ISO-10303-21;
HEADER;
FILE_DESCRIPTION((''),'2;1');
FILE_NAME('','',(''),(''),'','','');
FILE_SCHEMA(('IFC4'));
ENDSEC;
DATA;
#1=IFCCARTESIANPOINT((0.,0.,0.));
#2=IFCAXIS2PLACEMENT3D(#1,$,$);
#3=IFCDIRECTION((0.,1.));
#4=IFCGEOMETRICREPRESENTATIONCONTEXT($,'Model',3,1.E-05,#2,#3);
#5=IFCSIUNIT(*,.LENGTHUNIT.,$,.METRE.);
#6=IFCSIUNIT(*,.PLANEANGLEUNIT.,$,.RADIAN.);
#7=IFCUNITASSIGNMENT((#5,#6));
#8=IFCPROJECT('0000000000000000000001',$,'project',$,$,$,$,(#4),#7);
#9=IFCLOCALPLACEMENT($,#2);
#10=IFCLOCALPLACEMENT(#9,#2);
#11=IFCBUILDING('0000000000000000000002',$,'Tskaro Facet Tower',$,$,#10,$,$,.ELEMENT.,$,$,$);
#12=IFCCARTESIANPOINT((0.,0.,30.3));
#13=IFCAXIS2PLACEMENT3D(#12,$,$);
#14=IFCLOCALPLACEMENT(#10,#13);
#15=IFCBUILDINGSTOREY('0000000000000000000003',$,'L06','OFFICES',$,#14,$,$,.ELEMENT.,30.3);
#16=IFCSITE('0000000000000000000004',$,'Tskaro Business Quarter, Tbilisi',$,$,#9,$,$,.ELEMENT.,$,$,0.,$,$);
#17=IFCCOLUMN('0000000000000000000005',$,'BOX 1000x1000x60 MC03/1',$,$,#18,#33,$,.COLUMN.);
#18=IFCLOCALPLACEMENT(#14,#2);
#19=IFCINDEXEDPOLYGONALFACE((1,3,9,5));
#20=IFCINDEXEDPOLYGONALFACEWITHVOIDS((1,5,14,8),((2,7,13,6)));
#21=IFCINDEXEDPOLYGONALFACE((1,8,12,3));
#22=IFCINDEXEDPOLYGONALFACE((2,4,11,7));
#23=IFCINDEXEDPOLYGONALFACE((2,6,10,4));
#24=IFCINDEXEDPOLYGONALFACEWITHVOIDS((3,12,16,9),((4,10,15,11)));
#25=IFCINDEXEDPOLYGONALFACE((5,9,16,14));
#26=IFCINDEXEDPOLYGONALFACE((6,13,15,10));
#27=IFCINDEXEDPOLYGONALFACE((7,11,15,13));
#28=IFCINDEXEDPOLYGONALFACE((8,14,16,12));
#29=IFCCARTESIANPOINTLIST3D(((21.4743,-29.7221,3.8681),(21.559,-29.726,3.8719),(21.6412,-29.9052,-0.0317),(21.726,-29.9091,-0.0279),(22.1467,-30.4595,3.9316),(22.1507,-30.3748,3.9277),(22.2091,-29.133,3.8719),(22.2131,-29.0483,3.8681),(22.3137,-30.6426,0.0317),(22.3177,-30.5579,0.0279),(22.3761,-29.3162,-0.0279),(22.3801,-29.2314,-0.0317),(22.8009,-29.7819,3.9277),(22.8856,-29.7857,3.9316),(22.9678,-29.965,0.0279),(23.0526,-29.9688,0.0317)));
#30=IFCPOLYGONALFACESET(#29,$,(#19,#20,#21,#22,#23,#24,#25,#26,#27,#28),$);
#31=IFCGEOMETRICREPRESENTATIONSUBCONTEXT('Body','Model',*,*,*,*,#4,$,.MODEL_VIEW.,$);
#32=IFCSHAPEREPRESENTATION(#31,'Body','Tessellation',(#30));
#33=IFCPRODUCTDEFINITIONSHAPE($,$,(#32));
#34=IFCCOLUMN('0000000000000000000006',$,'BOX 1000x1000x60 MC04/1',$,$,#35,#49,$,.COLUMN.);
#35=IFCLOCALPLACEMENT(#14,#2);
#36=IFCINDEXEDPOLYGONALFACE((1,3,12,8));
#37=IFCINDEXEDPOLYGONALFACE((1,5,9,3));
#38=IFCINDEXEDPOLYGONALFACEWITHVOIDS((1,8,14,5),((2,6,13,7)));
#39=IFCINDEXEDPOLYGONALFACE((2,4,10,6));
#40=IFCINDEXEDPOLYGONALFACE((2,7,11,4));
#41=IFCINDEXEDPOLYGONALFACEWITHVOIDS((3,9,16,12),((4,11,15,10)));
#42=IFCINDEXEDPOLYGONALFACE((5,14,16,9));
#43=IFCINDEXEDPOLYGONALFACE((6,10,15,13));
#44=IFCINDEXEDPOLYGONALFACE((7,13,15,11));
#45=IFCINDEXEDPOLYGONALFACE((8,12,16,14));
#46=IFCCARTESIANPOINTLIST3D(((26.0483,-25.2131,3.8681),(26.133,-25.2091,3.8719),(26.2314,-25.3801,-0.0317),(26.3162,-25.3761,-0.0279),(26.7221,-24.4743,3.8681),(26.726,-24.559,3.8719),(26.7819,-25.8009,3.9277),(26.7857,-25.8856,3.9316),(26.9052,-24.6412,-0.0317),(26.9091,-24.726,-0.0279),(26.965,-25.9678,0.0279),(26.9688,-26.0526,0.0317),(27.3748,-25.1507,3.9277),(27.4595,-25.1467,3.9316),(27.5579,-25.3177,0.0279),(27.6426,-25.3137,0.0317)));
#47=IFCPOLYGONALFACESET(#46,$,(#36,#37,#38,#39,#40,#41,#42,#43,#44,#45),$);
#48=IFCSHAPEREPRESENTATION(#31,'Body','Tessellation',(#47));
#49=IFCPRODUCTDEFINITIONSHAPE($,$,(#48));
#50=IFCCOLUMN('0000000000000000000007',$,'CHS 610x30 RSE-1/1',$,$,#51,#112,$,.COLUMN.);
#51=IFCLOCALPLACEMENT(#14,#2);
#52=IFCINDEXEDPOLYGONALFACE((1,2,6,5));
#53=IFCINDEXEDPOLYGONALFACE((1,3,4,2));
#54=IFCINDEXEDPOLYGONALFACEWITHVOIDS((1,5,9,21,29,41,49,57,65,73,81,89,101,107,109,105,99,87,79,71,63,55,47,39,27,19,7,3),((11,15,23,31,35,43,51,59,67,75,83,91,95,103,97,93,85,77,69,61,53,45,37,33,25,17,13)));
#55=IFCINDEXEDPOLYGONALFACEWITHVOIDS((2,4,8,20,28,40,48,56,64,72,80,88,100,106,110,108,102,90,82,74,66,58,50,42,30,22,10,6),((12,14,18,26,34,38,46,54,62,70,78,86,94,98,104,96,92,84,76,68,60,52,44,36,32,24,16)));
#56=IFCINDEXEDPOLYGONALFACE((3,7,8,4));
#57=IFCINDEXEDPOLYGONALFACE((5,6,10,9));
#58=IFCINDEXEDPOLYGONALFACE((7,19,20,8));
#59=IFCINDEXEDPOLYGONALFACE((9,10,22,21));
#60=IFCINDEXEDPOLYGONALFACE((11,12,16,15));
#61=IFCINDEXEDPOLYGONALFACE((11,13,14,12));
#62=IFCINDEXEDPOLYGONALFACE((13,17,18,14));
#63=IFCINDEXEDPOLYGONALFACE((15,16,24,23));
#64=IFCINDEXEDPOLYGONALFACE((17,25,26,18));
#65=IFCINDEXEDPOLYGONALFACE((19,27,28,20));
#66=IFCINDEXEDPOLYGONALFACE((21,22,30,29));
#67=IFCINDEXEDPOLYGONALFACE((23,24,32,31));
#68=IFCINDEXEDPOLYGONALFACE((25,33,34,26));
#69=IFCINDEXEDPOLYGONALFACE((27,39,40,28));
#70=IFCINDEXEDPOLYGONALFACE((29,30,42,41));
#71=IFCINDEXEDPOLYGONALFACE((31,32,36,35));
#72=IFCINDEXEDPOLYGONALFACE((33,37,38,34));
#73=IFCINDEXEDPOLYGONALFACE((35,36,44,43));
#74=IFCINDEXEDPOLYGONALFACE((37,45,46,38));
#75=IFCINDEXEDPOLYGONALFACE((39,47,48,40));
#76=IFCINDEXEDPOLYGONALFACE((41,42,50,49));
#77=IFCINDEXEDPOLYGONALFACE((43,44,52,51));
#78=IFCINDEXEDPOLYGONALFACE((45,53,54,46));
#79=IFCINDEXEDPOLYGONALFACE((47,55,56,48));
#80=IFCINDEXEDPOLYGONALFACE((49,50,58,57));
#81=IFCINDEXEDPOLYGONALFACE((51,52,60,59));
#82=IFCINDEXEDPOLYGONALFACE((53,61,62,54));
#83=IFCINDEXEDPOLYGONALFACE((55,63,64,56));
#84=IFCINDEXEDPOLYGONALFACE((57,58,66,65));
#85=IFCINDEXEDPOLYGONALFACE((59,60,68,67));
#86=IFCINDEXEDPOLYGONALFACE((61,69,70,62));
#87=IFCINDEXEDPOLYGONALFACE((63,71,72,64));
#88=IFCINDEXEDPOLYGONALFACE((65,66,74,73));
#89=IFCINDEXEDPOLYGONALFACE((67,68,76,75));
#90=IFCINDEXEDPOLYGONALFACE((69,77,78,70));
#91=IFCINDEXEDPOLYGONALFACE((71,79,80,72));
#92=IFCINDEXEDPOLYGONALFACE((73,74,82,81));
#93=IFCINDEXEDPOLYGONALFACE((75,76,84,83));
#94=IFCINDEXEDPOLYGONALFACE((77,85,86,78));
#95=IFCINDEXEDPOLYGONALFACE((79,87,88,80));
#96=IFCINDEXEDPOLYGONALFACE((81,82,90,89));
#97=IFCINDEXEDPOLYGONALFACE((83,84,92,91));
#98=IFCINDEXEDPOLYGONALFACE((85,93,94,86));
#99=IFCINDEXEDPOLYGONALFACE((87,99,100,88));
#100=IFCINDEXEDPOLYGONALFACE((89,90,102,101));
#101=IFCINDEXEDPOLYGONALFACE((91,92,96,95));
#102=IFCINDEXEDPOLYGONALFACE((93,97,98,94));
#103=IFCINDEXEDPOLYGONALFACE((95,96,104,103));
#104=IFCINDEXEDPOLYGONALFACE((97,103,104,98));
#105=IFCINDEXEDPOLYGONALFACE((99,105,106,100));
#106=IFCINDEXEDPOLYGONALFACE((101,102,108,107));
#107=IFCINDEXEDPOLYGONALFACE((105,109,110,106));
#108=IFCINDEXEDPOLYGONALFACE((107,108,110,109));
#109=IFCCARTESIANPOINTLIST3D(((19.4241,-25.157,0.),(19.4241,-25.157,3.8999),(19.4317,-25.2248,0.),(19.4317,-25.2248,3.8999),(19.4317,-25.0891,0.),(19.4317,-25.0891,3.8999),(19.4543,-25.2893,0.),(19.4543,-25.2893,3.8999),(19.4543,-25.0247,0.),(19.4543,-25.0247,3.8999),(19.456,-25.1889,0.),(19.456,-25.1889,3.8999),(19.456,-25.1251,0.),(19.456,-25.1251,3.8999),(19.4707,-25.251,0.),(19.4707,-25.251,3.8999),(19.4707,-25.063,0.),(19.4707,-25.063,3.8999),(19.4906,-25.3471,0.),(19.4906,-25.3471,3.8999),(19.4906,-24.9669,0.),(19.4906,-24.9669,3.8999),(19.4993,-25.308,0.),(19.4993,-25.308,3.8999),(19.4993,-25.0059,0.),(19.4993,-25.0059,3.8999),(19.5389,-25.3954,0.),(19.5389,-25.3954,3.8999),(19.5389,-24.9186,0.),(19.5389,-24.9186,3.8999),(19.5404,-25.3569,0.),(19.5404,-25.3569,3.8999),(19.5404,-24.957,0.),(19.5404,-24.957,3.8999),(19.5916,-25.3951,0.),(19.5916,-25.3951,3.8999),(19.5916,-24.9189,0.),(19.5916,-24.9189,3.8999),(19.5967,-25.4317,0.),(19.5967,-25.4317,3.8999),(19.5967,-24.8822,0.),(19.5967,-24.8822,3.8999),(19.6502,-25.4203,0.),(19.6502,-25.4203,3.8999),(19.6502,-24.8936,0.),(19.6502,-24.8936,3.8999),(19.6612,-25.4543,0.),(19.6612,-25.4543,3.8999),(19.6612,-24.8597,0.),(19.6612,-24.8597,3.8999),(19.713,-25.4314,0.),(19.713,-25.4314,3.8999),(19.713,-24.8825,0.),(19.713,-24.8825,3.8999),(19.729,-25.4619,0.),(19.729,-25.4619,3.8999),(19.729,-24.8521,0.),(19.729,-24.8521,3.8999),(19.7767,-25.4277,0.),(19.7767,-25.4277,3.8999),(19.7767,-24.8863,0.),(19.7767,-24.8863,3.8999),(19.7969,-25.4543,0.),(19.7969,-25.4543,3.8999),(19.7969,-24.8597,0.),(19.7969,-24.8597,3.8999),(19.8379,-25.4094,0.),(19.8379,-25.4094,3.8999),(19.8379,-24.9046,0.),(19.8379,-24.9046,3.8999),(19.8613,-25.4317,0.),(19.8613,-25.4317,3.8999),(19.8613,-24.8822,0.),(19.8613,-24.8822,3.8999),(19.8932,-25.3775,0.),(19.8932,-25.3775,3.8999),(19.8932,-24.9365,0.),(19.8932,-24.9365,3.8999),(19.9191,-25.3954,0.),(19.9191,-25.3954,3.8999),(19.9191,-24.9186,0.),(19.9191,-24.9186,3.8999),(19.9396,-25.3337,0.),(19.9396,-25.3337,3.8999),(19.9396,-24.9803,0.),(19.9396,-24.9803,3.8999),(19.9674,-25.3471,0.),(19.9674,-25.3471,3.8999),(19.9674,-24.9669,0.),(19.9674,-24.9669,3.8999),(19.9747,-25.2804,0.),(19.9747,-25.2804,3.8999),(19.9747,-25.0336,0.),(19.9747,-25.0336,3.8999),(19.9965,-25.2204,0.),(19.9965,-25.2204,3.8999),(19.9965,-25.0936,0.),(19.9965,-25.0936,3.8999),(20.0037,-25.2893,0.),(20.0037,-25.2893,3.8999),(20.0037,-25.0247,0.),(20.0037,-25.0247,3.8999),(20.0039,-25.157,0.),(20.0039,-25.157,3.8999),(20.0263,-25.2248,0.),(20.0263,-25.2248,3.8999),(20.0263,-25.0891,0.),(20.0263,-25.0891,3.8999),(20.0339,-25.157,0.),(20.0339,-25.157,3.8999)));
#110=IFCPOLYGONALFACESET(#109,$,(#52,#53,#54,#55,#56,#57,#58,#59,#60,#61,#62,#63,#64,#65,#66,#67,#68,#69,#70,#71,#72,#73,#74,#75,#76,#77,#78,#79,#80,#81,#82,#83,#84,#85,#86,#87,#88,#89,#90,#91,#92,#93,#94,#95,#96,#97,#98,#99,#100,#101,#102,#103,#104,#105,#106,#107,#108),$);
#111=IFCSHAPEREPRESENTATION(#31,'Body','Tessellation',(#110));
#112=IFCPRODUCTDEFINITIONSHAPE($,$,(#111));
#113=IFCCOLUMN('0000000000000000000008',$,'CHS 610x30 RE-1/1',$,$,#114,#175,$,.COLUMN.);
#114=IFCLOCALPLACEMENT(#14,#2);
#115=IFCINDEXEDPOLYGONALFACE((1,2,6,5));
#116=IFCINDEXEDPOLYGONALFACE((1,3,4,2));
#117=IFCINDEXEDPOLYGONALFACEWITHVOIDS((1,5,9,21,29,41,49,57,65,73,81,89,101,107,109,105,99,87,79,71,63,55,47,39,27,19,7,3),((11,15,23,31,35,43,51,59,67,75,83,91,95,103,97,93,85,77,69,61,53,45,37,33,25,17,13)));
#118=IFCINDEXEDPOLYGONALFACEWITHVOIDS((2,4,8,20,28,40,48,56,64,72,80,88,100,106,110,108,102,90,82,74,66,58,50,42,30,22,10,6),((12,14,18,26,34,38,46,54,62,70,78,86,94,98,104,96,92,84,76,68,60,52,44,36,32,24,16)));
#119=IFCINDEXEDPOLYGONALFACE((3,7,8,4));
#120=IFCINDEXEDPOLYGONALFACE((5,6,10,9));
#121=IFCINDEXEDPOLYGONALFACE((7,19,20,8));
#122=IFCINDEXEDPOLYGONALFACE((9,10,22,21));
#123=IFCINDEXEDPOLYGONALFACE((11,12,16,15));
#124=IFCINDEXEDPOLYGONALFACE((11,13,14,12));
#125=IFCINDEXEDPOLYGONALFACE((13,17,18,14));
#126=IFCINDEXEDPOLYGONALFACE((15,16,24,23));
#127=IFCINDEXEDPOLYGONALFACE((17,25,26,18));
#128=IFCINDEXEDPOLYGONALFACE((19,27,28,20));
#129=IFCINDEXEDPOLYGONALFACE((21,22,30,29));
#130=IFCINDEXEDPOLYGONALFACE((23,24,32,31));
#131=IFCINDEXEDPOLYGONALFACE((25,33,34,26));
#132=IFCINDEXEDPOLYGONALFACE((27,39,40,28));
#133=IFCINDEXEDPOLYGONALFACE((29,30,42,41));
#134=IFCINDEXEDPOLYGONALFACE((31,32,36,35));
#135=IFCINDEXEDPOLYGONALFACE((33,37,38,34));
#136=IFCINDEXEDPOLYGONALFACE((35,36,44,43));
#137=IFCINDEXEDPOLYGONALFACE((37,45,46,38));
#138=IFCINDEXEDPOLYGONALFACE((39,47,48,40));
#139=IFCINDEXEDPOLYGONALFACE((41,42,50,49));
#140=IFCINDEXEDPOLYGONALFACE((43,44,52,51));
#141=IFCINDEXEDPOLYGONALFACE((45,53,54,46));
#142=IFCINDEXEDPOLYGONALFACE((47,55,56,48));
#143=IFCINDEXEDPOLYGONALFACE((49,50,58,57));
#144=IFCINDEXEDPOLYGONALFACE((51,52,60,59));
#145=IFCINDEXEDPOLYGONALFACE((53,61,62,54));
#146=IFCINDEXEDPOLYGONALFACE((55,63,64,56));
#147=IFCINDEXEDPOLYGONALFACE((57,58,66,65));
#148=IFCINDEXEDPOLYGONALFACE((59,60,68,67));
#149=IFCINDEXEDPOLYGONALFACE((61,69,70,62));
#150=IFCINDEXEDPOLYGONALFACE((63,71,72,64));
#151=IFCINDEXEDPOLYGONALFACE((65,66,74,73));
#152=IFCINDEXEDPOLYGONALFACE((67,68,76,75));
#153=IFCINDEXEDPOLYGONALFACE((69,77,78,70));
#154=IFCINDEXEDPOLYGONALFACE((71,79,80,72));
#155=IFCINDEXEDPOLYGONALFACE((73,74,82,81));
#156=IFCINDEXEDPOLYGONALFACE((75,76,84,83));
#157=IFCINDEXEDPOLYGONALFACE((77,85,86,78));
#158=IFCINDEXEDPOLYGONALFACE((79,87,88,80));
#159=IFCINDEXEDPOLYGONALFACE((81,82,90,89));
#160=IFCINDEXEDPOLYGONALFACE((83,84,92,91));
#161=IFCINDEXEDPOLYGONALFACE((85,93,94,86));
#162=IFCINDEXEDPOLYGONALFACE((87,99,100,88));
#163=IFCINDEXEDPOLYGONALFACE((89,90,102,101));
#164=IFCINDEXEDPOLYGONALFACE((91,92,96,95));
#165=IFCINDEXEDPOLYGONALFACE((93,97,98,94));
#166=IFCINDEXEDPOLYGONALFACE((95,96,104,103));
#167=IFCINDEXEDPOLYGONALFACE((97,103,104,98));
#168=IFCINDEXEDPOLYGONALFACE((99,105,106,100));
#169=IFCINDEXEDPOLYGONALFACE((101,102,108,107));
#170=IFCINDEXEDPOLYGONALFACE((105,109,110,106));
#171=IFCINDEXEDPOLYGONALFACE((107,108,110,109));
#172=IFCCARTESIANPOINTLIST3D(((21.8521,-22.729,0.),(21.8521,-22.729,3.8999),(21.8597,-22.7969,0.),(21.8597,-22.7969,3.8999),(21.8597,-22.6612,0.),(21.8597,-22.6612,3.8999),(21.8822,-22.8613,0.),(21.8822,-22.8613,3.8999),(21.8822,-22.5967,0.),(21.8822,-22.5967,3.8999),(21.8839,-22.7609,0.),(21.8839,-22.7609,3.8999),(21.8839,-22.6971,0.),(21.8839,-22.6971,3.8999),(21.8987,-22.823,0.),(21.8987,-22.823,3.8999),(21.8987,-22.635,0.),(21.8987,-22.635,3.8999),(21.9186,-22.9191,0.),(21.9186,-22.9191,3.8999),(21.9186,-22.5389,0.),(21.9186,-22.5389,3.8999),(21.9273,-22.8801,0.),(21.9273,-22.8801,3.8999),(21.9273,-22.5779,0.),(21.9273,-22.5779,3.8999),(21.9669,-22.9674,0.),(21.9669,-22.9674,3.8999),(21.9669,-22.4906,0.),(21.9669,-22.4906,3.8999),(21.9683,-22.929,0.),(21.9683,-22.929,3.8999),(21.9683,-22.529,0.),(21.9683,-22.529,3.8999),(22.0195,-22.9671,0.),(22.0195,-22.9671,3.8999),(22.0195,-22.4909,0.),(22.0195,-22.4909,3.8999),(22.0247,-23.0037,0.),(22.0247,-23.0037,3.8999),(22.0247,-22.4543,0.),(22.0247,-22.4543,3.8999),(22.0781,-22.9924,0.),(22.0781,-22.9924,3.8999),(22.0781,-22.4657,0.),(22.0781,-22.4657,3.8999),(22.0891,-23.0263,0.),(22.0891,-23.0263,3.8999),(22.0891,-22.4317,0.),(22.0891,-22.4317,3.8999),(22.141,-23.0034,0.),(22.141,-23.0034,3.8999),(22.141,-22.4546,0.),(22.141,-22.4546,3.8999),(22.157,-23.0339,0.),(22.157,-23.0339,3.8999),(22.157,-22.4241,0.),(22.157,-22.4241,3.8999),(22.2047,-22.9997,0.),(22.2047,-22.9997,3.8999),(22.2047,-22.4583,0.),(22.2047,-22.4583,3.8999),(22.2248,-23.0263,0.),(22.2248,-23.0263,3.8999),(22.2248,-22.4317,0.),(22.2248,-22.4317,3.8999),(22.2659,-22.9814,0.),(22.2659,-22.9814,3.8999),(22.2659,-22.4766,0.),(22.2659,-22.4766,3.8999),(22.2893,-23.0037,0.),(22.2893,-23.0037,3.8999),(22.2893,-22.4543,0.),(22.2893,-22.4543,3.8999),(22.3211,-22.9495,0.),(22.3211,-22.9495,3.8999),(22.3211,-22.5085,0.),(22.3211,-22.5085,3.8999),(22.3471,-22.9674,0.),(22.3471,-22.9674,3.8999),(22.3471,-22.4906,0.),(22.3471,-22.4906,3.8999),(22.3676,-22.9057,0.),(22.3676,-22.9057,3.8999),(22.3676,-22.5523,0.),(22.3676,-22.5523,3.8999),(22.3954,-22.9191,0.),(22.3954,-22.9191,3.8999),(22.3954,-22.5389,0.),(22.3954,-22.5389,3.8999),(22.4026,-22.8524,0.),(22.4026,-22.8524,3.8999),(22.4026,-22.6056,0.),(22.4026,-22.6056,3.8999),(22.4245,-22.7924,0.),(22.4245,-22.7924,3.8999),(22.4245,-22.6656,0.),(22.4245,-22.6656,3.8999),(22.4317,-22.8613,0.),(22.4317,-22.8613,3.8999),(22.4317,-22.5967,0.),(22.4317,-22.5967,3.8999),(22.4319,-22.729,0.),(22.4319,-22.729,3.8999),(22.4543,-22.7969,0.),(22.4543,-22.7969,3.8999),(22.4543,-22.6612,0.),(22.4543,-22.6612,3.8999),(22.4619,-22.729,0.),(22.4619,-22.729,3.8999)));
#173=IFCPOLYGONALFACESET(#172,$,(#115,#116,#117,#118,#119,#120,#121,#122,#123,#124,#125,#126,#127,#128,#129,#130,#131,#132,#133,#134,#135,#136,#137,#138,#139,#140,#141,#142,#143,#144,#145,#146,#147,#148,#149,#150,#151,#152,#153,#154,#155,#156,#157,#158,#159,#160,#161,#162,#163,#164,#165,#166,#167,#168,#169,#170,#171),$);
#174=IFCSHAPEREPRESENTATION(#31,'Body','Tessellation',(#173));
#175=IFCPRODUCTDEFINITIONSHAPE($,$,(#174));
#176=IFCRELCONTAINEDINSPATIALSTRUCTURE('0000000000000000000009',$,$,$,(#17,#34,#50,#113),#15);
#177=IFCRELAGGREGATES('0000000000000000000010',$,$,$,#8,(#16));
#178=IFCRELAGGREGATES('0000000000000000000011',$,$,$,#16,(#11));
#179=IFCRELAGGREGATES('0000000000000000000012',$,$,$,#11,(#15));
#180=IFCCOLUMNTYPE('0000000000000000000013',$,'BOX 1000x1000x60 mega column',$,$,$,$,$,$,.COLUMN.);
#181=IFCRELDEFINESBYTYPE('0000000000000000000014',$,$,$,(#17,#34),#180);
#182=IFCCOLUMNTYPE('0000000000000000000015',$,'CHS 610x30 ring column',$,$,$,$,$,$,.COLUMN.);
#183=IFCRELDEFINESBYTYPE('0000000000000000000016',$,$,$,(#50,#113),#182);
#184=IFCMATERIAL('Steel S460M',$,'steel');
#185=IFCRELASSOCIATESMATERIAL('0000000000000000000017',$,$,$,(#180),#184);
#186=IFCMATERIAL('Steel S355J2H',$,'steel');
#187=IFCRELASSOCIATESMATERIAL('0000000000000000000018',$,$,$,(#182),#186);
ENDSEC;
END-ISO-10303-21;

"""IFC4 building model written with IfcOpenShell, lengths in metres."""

from ifc_helpers import new_model, si_unit, direction, frame, origin, origin_2d, place, context, subcontext, project, spatial, hollow_rectangle, hollow_circle, extrude, material, material_profile, profile_set, type_object, element, save


model = new_model("IFC4")

# Units and contexts
model_context = context("Model", 3, precision=1e-05, world=origin(), true_north=direction((0.0, 1.0)))
body_context = subcontext(model_context, "Body", "Model", "MODEL_VIEW")
ifc_project = project(units=[si_unit("LENGTHUNIT", "METRE"), si_unit("PLANEANGLEUNIT", "RADIAN")], contexts=[model_context])

# Site, building, storey
site_placement = place(None, origin())
site = spatial("IfcSite", under=ifc_project, at=site_placement, Name="Tskaro Business Quarter, Tbilisi", CompositionType="ELEMENT", RefElevation=0.0)
building_placement = place(site_placement, origin())
building = spatial("IfcBuilding", under=site, at=building_placement, Name="Tskaro Facet Tower", CompositionType="ELEMENT")
storey_placement = place(building_placement, frame((0.0, 0.0, 30.3)))
storey = spatial("IfcBuildingStorey", under=building, at=storey_placement, Name="L06", Description="OFFICES", CompositionType="ELEMENT", Elevation=30.3)

# Columns
ifc_material_1 = material(Name="Steel S460M", Category="steel")
ifc_material_profile_1 = material_profile(ifc_material_1, hollow_rectangle(XDim=1.0, YDim=1.0, WallThickness=0.0601, at=origin_2d()), Name="BOX 1000x1000x60")
ifc_profile_set_1 = profile_set([ifc_material_profile_1], Name="Steel S460M")
column_type_1 = type_object("IfcColumnType", Name="BOX 1000x1000x60 mega column", PredefinedType="COLUMN", material=ifc_profile_set_1)
for number, where, z_axis, x_axis, name in (
    (1, (22.3469, -29.937, 0.0), (-0.042733, 0.046857, 0.997987), (-0.738869, -0.673849, 0.0), "BOX 1000x1000x60 MC03/1"),
    (2, (26.937, -25.3469, 0.0), (-0.046857, 0.042733, 0.997987), (-0.673849, -0.738869, 0.0), "BOX 1000x1000x60 MC04/1"),
):
    element("IfcColumn", number, at=place(storey_placement, frame(where, z_axis=z_axis, x_axis=x_axis)), inside=storey, type_object=column_type_1, Name=name, PredefinedType="COLUMN", context=body_context, shape_type="SweptSolid", body=[
        extrude(hollow_rectangle(XDim=1.0, YDim=1.0, WallThickness=0.0601, at=origin_2d()), origin(), (0.0, 0.0, 1.0), 3.9077),
    ])
ifc_material_2 = material(Name="Steel S355J2H", Category="steel")
ifc_material_profile_2 = material_profile(ifc_material_2, hollow_circle(Radius=0.3049, WallThickness=0.03, at=origin_2d()), Name="CHS 610x30")
ifc_profile_set_2 = profile_set([ifc_material_profile_2], Name="Steel S355J2H")
column_type_2 = type_object("IfcColumnType", Name="CHS 610x30 ring column", PredefinedType="COLUMN", material=ifc_profile_set_2)
for number, where, z_axis, x_axis, name in (
    (3, (19.729, -25.157, 0.0), (0.0, 0.0, 1.0), (1.0, 0.0, 0.0), "CHS 610x30 RSE-1/1"),
    (4, (22.157, -22.729, 0.0), (0.0, 0.0, 1.0), (1.0, 0.0, 0.0), "CHS 610x30 RE-1/1"),
):
    element("IfcColumn", number, at=place(storey_placement, frame(where, z_axis=z_axis, x_axis=x_axis)), inside=storey, type_object=column_type_2, Name=name, PredefinedType="COLUMN", context=body_context, shape_type="SweptSolid", body=[
        extrude(hollow_circle(Radius=0.3049, WallThickness=0.03, at=origin_2d()), origin(), (0.0, 0.0, 1.0), 3.8999),
    ])

save(model, "model.ifc")
